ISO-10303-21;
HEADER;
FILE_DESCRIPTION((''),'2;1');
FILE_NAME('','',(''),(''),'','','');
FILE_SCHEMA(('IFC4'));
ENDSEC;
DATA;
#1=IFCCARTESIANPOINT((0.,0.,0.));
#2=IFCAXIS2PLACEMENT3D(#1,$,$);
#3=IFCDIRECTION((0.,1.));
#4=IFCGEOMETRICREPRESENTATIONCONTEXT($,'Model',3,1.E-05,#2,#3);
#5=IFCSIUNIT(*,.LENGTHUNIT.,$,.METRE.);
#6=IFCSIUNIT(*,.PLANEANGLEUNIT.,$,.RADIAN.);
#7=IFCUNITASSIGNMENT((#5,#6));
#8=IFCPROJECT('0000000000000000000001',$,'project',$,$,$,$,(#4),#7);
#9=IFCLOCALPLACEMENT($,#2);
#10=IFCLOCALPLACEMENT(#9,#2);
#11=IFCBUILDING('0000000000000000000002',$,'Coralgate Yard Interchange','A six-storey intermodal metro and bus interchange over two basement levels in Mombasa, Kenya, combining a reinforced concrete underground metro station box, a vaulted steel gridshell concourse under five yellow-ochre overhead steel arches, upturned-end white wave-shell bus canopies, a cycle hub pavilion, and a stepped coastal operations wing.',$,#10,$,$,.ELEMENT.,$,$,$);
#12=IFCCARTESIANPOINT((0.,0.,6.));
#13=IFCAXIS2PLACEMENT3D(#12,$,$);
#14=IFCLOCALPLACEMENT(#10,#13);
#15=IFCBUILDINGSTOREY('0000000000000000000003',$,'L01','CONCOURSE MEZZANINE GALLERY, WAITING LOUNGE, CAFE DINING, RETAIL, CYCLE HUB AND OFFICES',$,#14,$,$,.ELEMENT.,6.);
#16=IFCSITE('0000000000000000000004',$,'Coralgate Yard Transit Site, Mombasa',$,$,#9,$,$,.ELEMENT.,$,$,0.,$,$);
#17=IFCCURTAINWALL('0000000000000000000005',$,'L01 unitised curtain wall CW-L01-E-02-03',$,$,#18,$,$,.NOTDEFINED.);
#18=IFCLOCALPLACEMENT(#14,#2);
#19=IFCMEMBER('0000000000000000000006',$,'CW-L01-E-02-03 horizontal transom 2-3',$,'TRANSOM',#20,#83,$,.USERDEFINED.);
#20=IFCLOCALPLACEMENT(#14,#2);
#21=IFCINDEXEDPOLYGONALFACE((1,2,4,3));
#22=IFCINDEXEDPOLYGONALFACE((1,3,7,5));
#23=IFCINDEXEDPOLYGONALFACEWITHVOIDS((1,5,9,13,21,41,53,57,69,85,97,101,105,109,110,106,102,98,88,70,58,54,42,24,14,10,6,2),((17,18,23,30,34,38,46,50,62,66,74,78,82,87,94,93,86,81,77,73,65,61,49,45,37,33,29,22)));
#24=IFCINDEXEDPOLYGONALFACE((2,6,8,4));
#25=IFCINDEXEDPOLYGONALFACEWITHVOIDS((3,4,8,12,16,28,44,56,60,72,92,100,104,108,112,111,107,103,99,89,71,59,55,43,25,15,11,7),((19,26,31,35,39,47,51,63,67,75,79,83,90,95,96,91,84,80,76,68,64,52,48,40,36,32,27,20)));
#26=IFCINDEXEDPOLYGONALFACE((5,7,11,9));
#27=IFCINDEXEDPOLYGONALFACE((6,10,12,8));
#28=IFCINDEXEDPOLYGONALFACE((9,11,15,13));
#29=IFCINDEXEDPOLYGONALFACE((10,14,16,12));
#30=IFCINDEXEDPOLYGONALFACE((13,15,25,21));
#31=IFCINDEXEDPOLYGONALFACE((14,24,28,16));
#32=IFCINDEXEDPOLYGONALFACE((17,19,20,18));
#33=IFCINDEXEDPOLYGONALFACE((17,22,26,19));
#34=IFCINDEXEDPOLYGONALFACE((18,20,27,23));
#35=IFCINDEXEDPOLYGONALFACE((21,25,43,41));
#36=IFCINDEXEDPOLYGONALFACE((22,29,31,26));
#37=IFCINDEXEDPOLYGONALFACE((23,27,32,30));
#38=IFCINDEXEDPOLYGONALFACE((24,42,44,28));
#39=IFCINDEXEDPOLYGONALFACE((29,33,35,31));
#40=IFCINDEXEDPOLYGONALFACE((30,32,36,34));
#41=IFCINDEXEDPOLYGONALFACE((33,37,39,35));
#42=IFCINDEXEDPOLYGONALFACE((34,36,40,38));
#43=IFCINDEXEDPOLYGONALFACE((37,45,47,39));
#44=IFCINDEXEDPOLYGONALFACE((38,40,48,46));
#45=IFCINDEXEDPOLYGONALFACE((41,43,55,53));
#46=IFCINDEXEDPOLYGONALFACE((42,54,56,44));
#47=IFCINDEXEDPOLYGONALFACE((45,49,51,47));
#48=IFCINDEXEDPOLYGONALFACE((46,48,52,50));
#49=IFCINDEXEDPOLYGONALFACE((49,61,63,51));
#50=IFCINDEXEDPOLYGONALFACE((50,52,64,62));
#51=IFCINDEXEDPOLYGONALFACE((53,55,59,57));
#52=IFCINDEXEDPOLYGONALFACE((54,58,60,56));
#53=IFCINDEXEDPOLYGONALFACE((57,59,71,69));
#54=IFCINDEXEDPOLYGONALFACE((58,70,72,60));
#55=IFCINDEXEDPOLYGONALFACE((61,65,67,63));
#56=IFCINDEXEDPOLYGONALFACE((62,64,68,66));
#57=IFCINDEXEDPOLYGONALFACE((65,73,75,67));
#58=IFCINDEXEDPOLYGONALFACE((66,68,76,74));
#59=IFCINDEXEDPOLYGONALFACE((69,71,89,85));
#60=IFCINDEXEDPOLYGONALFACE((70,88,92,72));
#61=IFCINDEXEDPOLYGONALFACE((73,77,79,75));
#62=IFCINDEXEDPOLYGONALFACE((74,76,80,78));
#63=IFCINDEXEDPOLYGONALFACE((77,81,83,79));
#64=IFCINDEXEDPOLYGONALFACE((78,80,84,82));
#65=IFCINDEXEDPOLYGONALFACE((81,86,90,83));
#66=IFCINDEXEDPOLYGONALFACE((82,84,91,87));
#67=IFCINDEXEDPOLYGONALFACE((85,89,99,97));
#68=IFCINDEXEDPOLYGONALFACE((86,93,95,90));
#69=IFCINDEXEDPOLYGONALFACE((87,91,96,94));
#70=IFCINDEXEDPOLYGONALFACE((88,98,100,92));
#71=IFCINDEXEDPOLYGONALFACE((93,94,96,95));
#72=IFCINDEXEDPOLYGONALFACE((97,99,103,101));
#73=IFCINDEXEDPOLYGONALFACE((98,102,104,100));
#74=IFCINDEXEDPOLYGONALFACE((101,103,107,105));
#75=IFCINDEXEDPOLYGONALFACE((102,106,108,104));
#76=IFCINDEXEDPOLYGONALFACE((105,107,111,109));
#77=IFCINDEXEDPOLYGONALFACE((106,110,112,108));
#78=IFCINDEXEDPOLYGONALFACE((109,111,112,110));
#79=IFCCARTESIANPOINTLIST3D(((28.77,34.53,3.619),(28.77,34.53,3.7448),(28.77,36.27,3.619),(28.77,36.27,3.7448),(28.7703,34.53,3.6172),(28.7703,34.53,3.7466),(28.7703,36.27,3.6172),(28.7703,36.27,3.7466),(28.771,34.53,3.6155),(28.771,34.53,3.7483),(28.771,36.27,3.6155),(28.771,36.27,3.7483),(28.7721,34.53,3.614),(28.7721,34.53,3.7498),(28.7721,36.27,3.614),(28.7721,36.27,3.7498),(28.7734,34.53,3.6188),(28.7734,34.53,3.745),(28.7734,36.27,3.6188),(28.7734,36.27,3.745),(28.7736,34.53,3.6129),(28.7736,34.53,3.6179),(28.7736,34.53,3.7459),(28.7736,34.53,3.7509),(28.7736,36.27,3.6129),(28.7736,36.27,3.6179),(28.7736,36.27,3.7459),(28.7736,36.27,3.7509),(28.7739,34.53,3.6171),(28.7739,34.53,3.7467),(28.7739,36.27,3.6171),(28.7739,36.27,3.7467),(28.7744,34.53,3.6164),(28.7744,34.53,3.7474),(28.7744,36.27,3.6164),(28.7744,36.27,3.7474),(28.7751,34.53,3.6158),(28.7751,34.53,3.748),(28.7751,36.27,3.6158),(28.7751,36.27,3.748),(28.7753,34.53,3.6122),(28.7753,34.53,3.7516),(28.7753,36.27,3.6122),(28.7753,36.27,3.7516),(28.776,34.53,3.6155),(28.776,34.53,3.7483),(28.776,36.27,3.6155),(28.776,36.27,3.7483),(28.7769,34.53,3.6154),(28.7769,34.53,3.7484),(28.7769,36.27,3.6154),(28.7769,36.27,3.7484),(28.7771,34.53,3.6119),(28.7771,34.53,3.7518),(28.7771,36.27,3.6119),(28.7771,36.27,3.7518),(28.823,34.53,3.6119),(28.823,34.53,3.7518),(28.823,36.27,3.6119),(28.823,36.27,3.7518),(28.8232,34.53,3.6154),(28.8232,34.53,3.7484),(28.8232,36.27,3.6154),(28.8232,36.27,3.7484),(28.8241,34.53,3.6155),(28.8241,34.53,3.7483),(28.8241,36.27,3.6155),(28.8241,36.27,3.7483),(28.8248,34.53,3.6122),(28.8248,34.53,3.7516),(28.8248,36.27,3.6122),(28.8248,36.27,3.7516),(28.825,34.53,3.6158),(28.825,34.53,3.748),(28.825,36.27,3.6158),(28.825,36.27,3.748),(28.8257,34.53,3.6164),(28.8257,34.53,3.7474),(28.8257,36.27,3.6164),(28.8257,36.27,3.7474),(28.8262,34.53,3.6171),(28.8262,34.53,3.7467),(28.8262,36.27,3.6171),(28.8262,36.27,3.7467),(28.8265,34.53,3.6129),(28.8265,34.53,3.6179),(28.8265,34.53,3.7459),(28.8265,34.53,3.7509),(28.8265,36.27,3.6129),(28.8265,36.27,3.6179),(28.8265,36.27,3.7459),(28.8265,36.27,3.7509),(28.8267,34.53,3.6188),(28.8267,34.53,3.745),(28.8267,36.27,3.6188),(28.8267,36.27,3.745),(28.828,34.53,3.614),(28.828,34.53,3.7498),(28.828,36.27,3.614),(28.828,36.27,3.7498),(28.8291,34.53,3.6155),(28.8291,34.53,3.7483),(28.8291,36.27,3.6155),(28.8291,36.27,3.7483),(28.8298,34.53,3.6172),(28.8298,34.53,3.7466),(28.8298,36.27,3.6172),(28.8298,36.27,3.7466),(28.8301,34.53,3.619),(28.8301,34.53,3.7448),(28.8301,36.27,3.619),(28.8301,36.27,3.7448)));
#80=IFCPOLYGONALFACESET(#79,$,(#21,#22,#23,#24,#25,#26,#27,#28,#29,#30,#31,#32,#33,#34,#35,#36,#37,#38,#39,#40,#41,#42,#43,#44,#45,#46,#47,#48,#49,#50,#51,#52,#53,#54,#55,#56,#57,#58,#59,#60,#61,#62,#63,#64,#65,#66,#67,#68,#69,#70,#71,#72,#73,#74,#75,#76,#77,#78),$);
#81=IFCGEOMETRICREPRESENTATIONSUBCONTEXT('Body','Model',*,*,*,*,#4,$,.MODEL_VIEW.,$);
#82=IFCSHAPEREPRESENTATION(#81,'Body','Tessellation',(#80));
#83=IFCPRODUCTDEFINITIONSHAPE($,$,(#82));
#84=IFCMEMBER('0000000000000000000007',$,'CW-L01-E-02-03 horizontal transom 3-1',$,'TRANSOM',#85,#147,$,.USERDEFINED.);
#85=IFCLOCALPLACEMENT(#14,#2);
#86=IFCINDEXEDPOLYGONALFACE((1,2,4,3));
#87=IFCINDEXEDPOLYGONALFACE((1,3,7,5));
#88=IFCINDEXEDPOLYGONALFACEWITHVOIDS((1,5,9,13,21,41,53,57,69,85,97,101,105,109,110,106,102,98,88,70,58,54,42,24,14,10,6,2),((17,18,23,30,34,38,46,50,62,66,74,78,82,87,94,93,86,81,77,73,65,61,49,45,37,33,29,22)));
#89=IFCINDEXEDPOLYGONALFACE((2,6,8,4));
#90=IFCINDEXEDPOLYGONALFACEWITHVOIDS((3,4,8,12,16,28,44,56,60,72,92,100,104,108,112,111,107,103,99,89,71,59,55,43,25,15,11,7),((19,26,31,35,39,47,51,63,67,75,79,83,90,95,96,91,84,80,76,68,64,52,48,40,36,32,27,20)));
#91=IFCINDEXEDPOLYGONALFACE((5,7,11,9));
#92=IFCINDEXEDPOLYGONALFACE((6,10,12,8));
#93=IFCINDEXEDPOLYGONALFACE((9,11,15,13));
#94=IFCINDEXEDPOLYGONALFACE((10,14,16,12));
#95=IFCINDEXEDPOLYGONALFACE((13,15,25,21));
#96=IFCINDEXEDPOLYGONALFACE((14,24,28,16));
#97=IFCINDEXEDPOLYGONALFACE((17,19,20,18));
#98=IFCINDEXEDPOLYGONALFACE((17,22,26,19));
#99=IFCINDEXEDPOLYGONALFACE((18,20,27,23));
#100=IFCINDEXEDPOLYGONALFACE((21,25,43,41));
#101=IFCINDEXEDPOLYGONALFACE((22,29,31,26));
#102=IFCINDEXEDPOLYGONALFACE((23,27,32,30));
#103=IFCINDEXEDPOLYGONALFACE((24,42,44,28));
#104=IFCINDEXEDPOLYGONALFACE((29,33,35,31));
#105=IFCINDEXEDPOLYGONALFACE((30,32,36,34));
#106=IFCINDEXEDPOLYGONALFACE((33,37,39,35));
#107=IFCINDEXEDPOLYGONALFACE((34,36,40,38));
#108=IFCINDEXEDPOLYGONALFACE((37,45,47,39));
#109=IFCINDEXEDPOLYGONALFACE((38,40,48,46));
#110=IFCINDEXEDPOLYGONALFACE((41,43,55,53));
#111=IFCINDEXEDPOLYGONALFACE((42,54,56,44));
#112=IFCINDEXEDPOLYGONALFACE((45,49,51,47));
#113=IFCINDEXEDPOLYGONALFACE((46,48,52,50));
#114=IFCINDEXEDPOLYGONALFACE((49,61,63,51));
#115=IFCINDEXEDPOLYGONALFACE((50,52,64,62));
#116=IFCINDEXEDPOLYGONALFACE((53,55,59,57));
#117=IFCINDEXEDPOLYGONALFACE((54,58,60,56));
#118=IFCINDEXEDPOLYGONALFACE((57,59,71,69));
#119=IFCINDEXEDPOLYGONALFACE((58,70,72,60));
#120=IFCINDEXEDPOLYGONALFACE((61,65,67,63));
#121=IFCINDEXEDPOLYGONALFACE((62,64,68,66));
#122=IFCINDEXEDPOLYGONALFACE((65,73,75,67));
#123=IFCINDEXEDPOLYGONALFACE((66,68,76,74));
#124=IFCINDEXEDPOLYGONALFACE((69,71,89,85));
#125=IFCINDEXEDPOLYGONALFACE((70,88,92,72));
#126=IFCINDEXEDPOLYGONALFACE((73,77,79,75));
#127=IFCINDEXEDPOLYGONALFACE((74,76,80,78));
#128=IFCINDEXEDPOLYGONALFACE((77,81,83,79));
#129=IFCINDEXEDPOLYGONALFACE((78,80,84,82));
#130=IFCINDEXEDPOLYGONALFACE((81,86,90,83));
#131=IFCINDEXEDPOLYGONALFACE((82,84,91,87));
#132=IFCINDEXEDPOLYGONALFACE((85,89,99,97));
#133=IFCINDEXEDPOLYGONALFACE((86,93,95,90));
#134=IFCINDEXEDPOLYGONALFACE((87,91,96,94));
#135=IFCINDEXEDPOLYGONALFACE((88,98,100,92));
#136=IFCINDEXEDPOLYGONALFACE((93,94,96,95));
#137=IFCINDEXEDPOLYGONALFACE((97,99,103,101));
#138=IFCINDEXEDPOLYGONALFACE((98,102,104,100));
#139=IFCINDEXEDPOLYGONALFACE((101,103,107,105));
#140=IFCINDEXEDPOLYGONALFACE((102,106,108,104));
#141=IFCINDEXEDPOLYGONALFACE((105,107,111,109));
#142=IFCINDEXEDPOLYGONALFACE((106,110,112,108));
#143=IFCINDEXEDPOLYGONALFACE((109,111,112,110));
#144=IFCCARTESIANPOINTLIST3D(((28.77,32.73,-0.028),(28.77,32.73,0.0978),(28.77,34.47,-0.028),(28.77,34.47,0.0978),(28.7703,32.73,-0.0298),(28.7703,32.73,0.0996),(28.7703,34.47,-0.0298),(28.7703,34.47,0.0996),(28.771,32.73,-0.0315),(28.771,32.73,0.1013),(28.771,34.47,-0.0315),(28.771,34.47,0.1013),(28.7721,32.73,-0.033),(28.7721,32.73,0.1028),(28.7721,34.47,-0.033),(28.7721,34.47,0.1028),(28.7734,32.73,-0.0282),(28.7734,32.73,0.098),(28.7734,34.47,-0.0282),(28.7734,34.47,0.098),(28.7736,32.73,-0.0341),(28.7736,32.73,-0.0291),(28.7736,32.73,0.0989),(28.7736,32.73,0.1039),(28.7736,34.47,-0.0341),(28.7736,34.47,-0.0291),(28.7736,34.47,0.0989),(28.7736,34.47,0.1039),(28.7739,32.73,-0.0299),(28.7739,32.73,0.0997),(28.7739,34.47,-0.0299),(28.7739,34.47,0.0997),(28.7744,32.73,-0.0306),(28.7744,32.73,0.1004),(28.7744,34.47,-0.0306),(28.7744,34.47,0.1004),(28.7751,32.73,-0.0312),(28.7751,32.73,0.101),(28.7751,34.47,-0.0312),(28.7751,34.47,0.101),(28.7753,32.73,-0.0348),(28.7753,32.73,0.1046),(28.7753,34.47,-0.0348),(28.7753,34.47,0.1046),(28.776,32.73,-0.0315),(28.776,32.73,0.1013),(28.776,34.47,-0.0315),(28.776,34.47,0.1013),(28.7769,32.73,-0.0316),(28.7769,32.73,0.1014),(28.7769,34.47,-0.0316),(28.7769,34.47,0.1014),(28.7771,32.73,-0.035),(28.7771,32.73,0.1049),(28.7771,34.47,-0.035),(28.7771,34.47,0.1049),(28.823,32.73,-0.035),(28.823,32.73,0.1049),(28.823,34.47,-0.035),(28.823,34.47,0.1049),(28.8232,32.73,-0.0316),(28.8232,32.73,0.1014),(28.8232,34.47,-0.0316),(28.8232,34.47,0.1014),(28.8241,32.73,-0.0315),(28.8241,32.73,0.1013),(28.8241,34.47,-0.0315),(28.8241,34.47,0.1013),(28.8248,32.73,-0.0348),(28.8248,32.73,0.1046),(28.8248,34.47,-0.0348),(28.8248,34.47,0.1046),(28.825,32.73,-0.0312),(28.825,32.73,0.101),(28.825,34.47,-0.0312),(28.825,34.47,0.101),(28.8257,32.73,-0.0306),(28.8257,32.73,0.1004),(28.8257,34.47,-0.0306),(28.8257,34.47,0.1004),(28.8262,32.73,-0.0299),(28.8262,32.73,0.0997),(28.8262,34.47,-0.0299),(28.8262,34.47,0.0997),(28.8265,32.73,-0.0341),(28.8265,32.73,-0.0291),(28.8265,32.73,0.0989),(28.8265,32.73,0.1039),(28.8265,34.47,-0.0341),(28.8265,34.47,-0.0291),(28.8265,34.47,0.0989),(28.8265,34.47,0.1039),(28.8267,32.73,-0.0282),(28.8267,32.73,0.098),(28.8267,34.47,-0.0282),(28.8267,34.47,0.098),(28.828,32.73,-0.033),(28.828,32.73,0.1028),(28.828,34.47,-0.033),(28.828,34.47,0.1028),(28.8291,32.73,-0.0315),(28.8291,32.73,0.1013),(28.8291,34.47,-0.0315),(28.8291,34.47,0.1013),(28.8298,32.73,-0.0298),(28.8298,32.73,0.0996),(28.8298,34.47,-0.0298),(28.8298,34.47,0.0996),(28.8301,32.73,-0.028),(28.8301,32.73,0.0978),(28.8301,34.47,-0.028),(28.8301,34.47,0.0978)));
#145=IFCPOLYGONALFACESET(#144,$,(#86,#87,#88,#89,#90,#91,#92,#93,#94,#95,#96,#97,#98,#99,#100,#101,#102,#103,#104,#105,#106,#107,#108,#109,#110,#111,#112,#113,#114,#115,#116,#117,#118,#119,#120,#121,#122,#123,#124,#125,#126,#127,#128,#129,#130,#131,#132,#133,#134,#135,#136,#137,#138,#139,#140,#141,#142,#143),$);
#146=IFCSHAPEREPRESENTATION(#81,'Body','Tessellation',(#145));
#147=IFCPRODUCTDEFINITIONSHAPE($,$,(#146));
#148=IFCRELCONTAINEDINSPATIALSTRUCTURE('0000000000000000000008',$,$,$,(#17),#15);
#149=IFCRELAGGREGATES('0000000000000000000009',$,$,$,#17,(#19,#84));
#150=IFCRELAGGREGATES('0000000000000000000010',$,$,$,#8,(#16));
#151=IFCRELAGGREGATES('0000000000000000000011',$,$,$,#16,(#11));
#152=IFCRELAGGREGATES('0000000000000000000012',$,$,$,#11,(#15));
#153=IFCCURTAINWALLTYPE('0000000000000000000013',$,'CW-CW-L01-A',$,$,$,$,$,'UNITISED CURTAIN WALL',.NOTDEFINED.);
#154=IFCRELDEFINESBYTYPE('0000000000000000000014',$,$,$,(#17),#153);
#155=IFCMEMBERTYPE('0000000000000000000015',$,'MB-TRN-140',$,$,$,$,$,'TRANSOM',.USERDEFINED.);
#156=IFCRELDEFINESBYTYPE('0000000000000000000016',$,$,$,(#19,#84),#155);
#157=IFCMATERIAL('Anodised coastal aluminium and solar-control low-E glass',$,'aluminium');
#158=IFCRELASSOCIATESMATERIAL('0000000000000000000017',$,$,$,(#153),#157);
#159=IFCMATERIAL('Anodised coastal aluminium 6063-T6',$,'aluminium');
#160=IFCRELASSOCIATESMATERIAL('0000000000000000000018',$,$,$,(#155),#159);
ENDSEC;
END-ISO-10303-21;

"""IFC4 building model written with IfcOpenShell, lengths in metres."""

from ifc_helpers import new_model, si_unit, direction, frame, origin, origin_2d, place, context, subcontext, project, spatial, hollow_rectangle, extrude, material, material_profile, profile_set, type_object, element, aggregate, save


model = new_model("IFC4")

# Units and contexts
model_context = context("Model", 3, precision=1e-05, world=origin(), true_north=direction((0.0, 1.0)))
body_context = subcontext(model_context, "Body", "Model", "MODEL_VIEW")
ifc_project = project(units=[si_unit("LENGTHUNIT", "METRE"), si_unit("PLANEANGLEUNIT", "RADIAN")], contexts=[model_context])

# Site, building, storey
site_placement = place(None, origin())
site = spatial("IfcSite", under=ifc_project, at=site_placement, Name="Coralgate Yard Transit Site, Mombasa", CompositionType="ELEMENT", RefElevation=0.0)
building_placement = place(site_placement, origin())
building = spatial("IfcBuilding", under=site, at=building_placement, Name="Coralgate Yard Interchange", Description="A six-storey intermodal metro and bus interchange over two basement levels in Mombasa, Kenya, combining a reinforced concrete underground metro station box, a vaulted steel gridshell concourse under five yellow-ochre overhead steel arches, upturned-end white wave-shell bus canopies, a cycle hub pavilion, and a stepped coastal operations wing.", CompositionType="ELEMENT")
storey_placement = place(building_placement, frame((0.0, 0.0, 6.0)))
storey = spatial("IfcBuildingStorey", under=building, at=storey_placement, Name="L01", Description="CONCOURSE MEZZANINE GALLERY, WAITING LOUNGE, CAFE DINING, RETAIL, CYCLE HUB AND OFFICES", CompositionType="ELEMENT", Elevation=6.0)

# Curtain wall
ifc_material_1 = material(Name="Anodised coastal aluminium and solar-control low-E glass", Category="aluminium")
curtain_wall_type_1 = type_object("IfcCurtainWallType", Name="CW-CW-L01-A", ElementType="UNITISED CURTAIN WALL", PredefinedType="NOTDEFINED", material=ifc_material_1)
curtain_wall_1_placement = place(storey_placement, origin())
curtain_wall_1 = element("IfcCurtainWall", 1, at=curtain_wall_1_placement, inside=storey, type_object=curtain_wall_type_1, Name="L01 unitised curtain wall CW-L01-E-02-03", PredefinedType="NOTDEFINED")
ifc_material_2 = material(Name="Anodised coastal aluminium 6063-T6", Category="aluminium")

# Members
ifc_material_profile_1 = material_profile(ifc_material_2, hollow_rectangle(XDim=0.0601, YDim=0.1399, WallThickness=0.0034, InnerFilletRadius=0.0034, OuterFilletRadius=0.0071, at=origin_2d()), Name="ALU 60x140x3.5")
ifc_profile_set_1 = profile_set([ifc_material_profile_1], Name="Anodised coastal aluminium 6063-T6")
member_type_1 = type_object("IfcMemberType", Name="MB-TRN-140", ElementType="TRANSOM", PredefinedType="USERDEFINED", material=ifc_profile_set_1)
member_1_placement = place(storey_placement, frame((28.8, 36.27, 3.6819), z_axis=(0.0, -1.0, 0.0), x_axis=(1.0, 0.0, 0.0)))
member_1 = element("IfcMember", 2, at=member_1_placement, type_object=member_type_1, Name="CW-L01-E-02-03 horizontal transom 2-3", ObjectType="TRANSOM", PredefinedType="USERDEFINED", context=body_context, shape_type="SweptSolid", body=[
    extrude(hollow_rectangle(XDim=0.0601, YDim=0.1399, WallThickness=0.0034, InnerFilletRadius=0.0034, OuterFilletRadius=0.0071, at=origin_2d()), origin(), (0.0, 0.0, 1.0), 1.74),
])
member_2_placement = place(storey_placement, frame((28.8, 34.47, 0.0349), z_axis=(0.0, -1.0, 0.0), x_axis=(1.0, 0.0, 0.0)))
member_2 = element("IfcMember", 3, at=member_2_placement, type_object=member_type_1, Name="CW-L01-E-02-03 horizontal transom 3-1", ObjectType="TRANSOM", PredefinedType="USERDEFINED", context=body_context, shape_type="SweptSolid", body=[
    extrude(hollow_rectangle(XDim=0.0601, YDim=0.1399, WallThickness=0.0034, InnerFilletRadius=0.0034, OuterFilletRadius=0.0071, at=origin_2d()), origin(), (0.0, 0.0, 1.0), 1.74),
])

aggregate(curtain_wall_1, [member_1, member_2])

save(model, "model.ifc")
